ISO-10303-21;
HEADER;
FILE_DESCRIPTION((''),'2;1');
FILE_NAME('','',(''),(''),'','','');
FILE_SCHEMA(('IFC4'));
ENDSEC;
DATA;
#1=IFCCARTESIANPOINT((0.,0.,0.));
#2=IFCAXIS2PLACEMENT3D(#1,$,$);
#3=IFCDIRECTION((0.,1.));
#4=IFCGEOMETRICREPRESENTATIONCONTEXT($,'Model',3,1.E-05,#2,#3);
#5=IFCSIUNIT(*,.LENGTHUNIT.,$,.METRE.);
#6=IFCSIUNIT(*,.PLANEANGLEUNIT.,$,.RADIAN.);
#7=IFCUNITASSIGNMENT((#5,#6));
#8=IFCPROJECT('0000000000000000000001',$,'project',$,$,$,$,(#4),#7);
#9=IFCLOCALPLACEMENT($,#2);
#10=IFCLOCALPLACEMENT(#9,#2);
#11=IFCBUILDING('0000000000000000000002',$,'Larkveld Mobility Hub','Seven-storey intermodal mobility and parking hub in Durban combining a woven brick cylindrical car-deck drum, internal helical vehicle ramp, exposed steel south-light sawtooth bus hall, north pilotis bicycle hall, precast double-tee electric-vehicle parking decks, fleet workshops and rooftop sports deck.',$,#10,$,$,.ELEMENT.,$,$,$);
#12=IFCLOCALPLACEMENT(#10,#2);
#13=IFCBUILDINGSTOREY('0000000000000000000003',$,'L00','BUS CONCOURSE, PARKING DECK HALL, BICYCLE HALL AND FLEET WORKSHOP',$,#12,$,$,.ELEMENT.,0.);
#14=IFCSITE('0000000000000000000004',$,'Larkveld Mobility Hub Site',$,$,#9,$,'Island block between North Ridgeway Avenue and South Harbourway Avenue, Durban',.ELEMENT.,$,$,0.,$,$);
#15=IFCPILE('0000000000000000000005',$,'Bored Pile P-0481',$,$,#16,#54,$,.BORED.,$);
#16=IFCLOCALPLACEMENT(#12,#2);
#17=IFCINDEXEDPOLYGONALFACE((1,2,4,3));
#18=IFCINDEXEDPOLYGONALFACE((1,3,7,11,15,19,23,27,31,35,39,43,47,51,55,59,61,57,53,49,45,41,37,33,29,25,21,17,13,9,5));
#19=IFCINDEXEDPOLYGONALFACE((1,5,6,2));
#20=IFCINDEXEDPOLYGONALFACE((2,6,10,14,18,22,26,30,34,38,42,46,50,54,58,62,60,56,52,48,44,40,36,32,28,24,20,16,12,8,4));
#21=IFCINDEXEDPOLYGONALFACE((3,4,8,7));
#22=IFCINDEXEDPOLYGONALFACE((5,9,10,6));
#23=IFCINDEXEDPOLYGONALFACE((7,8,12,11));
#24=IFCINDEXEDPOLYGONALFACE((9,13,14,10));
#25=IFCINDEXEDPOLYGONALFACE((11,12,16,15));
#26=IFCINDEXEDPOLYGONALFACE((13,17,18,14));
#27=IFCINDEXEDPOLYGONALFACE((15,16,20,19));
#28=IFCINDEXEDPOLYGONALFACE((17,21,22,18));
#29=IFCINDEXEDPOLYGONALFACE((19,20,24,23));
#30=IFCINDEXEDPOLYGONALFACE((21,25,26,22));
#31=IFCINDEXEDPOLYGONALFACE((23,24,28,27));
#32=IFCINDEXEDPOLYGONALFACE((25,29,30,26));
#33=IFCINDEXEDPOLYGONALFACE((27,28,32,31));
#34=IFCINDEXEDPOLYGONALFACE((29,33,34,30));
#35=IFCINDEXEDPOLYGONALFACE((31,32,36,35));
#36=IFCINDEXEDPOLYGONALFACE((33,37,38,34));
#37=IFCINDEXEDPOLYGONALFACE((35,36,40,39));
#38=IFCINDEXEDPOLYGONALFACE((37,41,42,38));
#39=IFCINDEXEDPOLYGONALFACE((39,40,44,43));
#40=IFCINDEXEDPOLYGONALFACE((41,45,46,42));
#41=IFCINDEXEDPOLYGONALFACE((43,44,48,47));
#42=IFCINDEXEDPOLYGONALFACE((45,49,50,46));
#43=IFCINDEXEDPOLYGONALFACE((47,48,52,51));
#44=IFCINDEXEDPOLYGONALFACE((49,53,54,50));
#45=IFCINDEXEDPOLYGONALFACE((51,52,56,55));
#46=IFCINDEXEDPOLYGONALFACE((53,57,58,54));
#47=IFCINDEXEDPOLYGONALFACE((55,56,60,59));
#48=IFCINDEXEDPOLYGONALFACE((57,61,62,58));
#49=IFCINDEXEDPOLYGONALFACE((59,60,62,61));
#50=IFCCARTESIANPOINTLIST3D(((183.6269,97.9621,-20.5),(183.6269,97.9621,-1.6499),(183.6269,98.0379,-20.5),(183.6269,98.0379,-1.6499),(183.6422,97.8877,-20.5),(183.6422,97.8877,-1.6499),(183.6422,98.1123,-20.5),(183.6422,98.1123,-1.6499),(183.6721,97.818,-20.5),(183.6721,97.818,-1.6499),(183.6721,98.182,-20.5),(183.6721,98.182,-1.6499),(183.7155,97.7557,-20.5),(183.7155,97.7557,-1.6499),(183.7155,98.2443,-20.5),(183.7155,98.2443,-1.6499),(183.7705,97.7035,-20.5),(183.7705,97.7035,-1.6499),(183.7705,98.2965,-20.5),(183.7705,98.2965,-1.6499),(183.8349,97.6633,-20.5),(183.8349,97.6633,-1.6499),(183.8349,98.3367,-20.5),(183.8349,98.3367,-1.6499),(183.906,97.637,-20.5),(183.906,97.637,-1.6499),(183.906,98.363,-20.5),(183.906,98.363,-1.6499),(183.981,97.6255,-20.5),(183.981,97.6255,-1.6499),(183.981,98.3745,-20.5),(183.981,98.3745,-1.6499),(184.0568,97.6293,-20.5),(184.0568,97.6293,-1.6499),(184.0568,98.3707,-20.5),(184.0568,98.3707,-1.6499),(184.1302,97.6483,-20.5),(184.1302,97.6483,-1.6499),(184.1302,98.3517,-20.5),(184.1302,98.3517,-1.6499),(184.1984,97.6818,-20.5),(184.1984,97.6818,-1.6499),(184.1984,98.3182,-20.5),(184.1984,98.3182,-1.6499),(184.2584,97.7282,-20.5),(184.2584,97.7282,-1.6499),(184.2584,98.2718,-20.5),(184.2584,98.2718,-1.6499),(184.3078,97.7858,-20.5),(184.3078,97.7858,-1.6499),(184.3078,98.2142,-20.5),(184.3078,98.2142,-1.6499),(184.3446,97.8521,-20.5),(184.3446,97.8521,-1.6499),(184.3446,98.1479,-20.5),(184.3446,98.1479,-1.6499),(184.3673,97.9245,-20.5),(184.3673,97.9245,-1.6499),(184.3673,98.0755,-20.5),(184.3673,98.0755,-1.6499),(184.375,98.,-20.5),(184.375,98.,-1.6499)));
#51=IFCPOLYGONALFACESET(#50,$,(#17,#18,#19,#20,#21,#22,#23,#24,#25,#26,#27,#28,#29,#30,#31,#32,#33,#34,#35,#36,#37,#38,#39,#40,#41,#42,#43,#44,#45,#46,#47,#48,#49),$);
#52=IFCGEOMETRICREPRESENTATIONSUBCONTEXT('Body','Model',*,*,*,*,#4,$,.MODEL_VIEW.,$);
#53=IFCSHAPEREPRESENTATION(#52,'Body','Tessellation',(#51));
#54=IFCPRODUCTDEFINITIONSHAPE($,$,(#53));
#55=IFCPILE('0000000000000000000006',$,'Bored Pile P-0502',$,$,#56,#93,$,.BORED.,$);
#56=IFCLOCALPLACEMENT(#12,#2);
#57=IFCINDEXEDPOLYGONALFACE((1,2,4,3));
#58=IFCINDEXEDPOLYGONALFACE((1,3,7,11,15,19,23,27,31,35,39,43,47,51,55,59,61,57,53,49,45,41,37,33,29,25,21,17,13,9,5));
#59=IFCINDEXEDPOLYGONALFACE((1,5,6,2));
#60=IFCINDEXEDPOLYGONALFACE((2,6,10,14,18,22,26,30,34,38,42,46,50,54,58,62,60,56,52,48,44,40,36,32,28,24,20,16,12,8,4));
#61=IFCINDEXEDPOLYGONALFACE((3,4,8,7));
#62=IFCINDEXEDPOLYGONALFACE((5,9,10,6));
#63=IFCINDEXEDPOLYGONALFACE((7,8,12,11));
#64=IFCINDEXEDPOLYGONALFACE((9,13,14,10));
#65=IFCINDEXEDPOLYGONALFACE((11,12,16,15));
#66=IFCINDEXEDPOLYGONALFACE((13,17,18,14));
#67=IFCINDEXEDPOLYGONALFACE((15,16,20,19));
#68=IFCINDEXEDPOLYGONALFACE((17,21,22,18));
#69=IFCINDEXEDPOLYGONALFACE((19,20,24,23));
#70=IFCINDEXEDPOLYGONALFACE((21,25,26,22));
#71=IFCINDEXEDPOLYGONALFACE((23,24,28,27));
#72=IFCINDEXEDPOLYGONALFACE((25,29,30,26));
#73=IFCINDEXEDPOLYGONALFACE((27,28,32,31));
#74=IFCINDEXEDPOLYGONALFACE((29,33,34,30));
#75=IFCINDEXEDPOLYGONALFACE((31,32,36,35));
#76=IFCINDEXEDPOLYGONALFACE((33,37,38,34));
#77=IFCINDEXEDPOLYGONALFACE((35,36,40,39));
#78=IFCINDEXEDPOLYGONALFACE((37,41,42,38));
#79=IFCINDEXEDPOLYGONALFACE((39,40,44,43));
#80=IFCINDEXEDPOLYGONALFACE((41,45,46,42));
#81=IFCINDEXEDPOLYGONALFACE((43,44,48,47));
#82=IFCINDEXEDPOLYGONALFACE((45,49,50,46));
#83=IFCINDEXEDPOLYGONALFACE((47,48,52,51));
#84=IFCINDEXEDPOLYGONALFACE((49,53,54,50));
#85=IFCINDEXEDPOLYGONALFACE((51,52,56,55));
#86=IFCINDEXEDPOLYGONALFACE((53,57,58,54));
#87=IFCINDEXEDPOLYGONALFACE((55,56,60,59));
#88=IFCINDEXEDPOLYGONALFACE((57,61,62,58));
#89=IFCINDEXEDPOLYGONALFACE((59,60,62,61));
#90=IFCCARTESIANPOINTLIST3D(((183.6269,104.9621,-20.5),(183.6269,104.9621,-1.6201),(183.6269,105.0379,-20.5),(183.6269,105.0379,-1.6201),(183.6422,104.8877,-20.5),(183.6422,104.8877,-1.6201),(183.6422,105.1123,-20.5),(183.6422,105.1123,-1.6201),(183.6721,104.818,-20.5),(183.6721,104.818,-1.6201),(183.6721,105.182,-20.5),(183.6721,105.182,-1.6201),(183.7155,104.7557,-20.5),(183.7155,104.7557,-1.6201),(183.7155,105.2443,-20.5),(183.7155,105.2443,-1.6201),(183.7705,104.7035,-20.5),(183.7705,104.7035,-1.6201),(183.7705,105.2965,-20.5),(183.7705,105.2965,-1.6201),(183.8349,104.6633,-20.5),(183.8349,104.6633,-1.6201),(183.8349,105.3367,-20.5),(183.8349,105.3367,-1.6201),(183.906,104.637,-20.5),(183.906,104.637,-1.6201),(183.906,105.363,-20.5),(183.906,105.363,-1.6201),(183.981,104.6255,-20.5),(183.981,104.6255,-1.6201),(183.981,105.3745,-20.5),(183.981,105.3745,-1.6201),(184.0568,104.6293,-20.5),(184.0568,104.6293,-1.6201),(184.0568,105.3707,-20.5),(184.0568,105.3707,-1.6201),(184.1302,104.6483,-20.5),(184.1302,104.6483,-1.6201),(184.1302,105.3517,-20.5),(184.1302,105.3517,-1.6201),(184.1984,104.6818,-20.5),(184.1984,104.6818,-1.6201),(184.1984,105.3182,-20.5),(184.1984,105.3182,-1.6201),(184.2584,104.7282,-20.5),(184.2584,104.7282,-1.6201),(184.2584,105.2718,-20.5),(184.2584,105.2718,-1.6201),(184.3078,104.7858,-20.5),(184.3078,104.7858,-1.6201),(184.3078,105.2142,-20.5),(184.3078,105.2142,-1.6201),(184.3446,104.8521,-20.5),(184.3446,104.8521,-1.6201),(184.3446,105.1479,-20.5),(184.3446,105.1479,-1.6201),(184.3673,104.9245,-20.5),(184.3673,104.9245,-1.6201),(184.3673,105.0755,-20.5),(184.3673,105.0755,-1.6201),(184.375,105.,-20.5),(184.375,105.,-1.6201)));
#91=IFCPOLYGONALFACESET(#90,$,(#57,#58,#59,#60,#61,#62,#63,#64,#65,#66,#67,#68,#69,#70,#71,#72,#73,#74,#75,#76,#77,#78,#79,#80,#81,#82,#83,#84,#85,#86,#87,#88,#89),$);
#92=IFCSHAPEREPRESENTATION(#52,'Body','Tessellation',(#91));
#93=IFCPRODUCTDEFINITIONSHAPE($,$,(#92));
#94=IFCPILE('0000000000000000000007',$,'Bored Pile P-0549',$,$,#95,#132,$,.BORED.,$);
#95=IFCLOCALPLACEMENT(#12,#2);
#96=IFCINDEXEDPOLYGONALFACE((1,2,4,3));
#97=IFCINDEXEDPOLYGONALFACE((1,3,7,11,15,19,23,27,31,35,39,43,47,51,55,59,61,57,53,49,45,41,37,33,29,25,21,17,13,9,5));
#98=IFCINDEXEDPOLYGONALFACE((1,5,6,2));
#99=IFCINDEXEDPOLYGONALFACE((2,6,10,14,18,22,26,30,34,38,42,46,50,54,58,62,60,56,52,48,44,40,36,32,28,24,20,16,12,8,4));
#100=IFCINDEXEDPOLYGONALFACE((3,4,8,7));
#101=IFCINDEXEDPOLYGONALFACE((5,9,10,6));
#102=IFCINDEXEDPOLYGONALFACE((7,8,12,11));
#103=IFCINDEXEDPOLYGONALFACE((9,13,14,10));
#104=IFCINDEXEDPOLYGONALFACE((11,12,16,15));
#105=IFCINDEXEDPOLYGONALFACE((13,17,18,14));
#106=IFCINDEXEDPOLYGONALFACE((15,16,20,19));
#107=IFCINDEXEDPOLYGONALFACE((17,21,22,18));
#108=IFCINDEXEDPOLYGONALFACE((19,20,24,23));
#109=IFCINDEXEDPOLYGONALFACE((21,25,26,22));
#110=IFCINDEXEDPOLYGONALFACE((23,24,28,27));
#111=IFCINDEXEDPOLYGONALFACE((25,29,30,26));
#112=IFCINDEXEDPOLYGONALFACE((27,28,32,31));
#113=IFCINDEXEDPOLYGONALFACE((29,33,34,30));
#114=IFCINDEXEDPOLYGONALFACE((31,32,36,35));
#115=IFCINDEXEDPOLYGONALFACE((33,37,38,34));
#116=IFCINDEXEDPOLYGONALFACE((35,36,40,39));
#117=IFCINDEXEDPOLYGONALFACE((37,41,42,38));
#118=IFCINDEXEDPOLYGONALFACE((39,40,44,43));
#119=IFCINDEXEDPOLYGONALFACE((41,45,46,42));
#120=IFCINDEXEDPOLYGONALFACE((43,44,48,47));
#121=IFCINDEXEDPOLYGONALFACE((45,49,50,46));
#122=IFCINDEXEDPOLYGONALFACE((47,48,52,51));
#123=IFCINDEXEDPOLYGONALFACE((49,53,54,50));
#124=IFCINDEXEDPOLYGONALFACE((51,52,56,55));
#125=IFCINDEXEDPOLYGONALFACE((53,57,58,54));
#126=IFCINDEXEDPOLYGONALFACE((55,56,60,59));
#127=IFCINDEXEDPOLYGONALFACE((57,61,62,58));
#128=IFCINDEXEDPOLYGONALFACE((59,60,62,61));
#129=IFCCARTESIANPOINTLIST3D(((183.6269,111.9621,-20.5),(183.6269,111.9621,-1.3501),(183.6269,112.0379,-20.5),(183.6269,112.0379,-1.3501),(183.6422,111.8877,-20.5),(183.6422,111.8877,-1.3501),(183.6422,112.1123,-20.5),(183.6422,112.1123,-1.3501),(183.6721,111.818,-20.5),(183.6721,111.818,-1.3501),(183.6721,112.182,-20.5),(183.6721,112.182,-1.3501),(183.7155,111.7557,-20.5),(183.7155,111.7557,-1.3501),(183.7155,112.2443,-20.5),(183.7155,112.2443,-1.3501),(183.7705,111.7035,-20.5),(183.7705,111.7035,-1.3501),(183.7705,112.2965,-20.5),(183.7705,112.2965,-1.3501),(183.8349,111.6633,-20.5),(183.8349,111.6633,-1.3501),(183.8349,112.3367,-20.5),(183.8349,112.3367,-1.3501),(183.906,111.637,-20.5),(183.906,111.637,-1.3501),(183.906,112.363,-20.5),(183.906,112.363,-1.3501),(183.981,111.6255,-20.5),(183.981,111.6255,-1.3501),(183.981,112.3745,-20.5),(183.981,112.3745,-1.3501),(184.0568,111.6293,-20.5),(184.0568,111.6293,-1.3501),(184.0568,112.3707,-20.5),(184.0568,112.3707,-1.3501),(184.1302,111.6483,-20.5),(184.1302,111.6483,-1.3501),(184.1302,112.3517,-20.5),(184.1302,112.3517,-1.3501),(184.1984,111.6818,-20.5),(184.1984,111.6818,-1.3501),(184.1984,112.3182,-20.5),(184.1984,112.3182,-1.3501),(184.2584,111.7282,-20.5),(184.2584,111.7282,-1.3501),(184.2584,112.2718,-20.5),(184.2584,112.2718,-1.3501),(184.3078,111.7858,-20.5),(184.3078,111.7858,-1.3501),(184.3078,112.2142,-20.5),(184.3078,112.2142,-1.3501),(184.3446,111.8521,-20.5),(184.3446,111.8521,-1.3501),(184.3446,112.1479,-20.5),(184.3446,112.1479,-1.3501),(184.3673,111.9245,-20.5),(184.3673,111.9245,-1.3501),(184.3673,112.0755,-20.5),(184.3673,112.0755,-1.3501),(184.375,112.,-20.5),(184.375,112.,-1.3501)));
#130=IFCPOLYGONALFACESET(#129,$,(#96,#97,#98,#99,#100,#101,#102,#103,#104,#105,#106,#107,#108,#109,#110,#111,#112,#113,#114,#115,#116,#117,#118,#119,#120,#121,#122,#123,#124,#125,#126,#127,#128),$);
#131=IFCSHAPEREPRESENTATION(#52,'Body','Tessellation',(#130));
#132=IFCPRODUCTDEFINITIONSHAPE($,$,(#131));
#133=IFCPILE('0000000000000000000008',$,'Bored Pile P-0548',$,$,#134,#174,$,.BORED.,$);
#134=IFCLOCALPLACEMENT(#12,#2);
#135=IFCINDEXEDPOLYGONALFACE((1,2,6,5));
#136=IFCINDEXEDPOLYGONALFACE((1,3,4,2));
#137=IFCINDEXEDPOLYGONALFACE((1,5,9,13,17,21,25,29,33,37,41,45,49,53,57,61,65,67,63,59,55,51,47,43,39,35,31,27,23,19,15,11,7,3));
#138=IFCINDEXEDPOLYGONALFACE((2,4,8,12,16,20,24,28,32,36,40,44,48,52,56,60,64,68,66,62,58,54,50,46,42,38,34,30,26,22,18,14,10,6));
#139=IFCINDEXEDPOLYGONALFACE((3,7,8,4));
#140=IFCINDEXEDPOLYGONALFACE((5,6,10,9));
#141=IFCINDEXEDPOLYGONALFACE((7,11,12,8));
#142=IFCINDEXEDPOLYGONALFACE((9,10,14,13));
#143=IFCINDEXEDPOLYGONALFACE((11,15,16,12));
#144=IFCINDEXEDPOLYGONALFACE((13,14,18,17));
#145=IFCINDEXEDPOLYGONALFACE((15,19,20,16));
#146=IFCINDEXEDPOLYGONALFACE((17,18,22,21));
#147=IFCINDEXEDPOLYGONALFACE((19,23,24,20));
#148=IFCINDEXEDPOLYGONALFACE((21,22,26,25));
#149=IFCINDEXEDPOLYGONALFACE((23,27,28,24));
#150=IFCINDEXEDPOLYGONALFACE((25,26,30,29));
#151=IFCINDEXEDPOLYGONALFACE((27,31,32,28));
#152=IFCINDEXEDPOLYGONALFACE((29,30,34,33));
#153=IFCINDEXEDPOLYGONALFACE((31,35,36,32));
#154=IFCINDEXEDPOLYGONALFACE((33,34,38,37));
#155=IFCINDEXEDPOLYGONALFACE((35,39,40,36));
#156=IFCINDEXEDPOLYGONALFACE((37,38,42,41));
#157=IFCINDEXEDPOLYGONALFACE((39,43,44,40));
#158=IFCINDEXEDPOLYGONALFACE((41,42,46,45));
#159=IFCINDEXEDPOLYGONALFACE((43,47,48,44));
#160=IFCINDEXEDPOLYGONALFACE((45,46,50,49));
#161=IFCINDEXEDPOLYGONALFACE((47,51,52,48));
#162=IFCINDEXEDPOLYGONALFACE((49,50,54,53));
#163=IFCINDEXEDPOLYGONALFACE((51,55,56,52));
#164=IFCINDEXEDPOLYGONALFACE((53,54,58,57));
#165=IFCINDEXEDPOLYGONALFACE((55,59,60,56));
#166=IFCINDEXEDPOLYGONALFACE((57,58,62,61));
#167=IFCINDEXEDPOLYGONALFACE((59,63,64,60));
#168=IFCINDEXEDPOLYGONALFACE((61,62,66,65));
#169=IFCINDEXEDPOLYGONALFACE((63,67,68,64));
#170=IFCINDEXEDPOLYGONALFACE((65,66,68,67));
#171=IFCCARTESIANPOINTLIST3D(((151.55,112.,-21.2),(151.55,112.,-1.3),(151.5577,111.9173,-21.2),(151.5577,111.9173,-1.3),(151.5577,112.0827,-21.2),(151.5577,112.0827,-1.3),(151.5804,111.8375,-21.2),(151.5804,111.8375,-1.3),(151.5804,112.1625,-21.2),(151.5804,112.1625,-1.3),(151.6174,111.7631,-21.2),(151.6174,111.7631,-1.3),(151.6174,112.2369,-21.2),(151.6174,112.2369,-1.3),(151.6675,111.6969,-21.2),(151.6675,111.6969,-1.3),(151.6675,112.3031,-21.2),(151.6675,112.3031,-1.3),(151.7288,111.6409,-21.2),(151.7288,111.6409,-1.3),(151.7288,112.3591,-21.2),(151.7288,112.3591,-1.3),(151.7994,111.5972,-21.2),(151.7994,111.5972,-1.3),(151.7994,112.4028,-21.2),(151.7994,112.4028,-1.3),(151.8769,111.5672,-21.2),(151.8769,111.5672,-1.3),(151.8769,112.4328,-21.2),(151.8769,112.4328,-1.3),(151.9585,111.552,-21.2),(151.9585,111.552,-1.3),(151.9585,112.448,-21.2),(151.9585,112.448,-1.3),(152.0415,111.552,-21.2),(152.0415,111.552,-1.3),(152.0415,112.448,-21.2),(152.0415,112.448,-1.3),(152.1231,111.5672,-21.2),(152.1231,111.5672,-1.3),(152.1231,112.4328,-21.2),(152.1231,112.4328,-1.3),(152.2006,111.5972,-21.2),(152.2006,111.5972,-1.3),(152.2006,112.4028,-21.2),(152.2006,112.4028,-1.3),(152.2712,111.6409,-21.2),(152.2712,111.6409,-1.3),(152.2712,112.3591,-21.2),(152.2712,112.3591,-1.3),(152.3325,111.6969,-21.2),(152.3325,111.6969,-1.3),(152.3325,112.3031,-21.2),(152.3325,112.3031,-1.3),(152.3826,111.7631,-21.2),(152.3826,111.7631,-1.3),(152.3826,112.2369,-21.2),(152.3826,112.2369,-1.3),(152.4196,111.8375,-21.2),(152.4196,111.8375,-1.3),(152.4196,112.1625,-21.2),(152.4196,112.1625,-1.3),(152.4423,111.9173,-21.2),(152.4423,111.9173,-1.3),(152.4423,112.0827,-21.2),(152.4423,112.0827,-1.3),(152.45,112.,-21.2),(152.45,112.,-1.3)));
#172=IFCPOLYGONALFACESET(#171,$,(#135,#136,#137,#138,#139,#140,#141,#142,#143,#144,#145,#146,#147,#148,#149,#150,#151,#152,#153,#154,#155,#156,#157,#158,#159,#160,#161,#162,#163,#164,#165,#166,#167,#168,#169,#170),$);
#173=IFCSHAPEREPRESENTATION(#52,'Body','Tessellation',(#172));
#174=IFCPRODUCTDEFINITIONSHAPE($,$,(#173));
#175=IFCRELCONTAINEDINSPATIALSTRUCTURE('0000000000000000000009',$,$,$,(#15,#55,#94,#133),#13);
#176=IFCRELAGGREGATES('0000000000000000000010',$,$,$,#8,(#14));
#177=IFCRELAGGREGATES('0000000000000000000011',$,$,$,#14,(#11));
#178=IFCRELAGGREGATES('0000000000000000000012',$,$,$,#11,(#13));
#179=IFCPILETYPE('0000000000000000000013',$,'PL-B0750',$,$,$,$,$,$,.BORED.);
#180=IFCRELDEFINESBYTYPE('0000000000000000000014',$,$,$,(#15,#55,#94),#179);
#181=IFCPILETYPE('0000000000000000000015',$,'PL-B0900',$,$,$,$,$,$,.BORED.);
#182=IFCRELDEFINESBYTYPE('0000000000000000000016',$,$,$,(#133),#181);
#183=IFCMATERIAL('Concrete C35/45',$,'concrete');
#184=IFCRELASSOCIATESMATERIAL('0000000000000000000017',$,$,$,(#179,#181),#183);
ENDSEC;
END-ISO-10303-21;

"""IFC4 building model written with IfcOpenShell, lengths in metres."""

from ifc_helpers import new_model, si_unit, direction, frame, origin, origin_2d, place, context, subcontext, project, spatial, circle, extrude, material, material_profile, profile_set, type_object, element, save


model = new_model("IFC4")

# Units and contexts
model_context = context("Model", 3, precision=1e-05, world=origin(), true_north=direction((0.0, 1.0)))
body_context = subcontext(model_context, "Body", "Model", "MODEL_VIEW")
ifc_project = project(units=[si_unit("LENGTHUNIT", "METRE"), si_unit("PLANEANGLEUNIT", "RADIAN")], contexts=[model_context])

# Site, building, storey
site_placement = place(None, origin())
site = spatial("IfcSite", under=ifc_project, at=site_placement, Name="Larkveld Mobility Hub Site", LongName="Island block between North Ridgeway Avenue and South Harbourway Avenue, Durban", CompositionType="ELEMENT", RefElevation=0.0)
building_placement = place(site_placement, origin())
building = spatial("IfcBuilding", under=site, at=building_placement, Name="Larkveld Mobility Hub", Description="Seven-storey intermodal mobility and parking hub in Durban combining a woven brick cylindrical car-deck drum, internal helical vehicle ramp, exposed steel south-light sawtooth bus hall, north pilotis bicycle hall, precast double-tee electric-vehicle parking decks, fleet workshops and rooftop sports deck.", CompositionType="ELEMENT")
storey_placement = place(building_placement, origin())
storey = spatial("IfcBuildingStorey", under=building, at=storey_placement, Name="L00", Description="BUS CONCOURSE, PARKING DECK HALL, BICYCLE HALL AND FLEET WORKSHOP", CompositionType="ELEMENT", Elevation=0.0)

# Shared definitions
ifc_material_1 = material(Name="Concrete C35/45", Category="concrete")

# Piles
ifc_material_profile_1 = material_profile(ifc_material_1, circle(Radius=0.375, at=origin_2d()), Name="PILE D750")
ifc_profile_set_1 = profile_set([ifc_material_profile_1], Name="Concrete C35/45")
pile_type_1 = type_object("IfcPileType", Name="PL-B0750", PredefinedType="BORED", material=ifc_profile_set_1)
pile_1_placement = place(storey_placement, frame((184.0, 98.0, -1.6499), z_axis=(0.0, 0.0, -1.0), x_axis=(1.0, 0.0, 0.0)))
element("IfcPile", 1, at=pile_1_placement, inside=storey, type_object=pile_type_1, Name="Bored Pile P-0481", PredefinedType="BORED", context=body_context, shape_type="SweptSolid", body=[
    extrude(circle(Radius=0.375, at=origin_2d()), origin(), (0.0, 0.0, 1.0), 18.8501),
])
pile_2_placement = place(storey_placement, frame((184.0, 105.0, -1.6201), z_axis=(0.0, 0.0, -1.0), x_axis=(1.0, 0.0, 0.0)))
element("IfcPile", 2, at=pile_2_placement, inside=storey, type_object=pile_type_1, Name="Bored Pile P-0502", PredefinedType="BORED", context=body_context, shape_type="SweptSolid", body=[
    extrude(circle(Radius=0.375, at=origin_2d()), origin(), (0.0, 0.0, 1.0), 18.8799),
])
pile_3_placement = place(storey_placement, frame((184.0, 112.0, -1.3501), z_axis=(0.0, 0.0, -1.0), x_axis=(1.0, 0.0, 0.0)))
element("IfcPile", 3, at=pile_3_placement, inside=storey, type_object=pile_type_1, Name="Bored Pile P-0549", PredefinedType="BORED", context=body_context, shape_type="SweptSolid", body=[
    extrude(circle(Radius=0.375, at=origin_2d()), origin(), (0.0, 0.0, 1.0), 19.1499),
])
ifc_material_profile_2 = material_profile(ifc_material_1, circle(Radius=0.45, at=origin_2d()), Name="PILE D900")
ifc_profile_set_2 = profile_set([ifc_material_profile_2], Name="Concrete C35/45")
pile_type_2 = type_object("IfcPileType", Name="PL-B0900", PredefinedType="BORED", material=ifc_profile_set_2)
pile_4_placement = place(storey_placement, frame((152.0, 112.0, -1.3), z_axis=(0.0, 0.0, -1.0), x_axis=(1.0, 0.0, 0.0)))
element("IfcPile", 4, at=pile_4_placement, inside=storey, type_object=pile_type_2, Name="Bored Pile P-0548", PredefinedType="BORED", context=body_context, shape_type="SweptSolid", body=[
    extrude(circle(Radius=0.45, at=origin_2d()), origin(), (0.0, 0.0, 1.0), 19.8999),
])

save(model, "model.ifc")
